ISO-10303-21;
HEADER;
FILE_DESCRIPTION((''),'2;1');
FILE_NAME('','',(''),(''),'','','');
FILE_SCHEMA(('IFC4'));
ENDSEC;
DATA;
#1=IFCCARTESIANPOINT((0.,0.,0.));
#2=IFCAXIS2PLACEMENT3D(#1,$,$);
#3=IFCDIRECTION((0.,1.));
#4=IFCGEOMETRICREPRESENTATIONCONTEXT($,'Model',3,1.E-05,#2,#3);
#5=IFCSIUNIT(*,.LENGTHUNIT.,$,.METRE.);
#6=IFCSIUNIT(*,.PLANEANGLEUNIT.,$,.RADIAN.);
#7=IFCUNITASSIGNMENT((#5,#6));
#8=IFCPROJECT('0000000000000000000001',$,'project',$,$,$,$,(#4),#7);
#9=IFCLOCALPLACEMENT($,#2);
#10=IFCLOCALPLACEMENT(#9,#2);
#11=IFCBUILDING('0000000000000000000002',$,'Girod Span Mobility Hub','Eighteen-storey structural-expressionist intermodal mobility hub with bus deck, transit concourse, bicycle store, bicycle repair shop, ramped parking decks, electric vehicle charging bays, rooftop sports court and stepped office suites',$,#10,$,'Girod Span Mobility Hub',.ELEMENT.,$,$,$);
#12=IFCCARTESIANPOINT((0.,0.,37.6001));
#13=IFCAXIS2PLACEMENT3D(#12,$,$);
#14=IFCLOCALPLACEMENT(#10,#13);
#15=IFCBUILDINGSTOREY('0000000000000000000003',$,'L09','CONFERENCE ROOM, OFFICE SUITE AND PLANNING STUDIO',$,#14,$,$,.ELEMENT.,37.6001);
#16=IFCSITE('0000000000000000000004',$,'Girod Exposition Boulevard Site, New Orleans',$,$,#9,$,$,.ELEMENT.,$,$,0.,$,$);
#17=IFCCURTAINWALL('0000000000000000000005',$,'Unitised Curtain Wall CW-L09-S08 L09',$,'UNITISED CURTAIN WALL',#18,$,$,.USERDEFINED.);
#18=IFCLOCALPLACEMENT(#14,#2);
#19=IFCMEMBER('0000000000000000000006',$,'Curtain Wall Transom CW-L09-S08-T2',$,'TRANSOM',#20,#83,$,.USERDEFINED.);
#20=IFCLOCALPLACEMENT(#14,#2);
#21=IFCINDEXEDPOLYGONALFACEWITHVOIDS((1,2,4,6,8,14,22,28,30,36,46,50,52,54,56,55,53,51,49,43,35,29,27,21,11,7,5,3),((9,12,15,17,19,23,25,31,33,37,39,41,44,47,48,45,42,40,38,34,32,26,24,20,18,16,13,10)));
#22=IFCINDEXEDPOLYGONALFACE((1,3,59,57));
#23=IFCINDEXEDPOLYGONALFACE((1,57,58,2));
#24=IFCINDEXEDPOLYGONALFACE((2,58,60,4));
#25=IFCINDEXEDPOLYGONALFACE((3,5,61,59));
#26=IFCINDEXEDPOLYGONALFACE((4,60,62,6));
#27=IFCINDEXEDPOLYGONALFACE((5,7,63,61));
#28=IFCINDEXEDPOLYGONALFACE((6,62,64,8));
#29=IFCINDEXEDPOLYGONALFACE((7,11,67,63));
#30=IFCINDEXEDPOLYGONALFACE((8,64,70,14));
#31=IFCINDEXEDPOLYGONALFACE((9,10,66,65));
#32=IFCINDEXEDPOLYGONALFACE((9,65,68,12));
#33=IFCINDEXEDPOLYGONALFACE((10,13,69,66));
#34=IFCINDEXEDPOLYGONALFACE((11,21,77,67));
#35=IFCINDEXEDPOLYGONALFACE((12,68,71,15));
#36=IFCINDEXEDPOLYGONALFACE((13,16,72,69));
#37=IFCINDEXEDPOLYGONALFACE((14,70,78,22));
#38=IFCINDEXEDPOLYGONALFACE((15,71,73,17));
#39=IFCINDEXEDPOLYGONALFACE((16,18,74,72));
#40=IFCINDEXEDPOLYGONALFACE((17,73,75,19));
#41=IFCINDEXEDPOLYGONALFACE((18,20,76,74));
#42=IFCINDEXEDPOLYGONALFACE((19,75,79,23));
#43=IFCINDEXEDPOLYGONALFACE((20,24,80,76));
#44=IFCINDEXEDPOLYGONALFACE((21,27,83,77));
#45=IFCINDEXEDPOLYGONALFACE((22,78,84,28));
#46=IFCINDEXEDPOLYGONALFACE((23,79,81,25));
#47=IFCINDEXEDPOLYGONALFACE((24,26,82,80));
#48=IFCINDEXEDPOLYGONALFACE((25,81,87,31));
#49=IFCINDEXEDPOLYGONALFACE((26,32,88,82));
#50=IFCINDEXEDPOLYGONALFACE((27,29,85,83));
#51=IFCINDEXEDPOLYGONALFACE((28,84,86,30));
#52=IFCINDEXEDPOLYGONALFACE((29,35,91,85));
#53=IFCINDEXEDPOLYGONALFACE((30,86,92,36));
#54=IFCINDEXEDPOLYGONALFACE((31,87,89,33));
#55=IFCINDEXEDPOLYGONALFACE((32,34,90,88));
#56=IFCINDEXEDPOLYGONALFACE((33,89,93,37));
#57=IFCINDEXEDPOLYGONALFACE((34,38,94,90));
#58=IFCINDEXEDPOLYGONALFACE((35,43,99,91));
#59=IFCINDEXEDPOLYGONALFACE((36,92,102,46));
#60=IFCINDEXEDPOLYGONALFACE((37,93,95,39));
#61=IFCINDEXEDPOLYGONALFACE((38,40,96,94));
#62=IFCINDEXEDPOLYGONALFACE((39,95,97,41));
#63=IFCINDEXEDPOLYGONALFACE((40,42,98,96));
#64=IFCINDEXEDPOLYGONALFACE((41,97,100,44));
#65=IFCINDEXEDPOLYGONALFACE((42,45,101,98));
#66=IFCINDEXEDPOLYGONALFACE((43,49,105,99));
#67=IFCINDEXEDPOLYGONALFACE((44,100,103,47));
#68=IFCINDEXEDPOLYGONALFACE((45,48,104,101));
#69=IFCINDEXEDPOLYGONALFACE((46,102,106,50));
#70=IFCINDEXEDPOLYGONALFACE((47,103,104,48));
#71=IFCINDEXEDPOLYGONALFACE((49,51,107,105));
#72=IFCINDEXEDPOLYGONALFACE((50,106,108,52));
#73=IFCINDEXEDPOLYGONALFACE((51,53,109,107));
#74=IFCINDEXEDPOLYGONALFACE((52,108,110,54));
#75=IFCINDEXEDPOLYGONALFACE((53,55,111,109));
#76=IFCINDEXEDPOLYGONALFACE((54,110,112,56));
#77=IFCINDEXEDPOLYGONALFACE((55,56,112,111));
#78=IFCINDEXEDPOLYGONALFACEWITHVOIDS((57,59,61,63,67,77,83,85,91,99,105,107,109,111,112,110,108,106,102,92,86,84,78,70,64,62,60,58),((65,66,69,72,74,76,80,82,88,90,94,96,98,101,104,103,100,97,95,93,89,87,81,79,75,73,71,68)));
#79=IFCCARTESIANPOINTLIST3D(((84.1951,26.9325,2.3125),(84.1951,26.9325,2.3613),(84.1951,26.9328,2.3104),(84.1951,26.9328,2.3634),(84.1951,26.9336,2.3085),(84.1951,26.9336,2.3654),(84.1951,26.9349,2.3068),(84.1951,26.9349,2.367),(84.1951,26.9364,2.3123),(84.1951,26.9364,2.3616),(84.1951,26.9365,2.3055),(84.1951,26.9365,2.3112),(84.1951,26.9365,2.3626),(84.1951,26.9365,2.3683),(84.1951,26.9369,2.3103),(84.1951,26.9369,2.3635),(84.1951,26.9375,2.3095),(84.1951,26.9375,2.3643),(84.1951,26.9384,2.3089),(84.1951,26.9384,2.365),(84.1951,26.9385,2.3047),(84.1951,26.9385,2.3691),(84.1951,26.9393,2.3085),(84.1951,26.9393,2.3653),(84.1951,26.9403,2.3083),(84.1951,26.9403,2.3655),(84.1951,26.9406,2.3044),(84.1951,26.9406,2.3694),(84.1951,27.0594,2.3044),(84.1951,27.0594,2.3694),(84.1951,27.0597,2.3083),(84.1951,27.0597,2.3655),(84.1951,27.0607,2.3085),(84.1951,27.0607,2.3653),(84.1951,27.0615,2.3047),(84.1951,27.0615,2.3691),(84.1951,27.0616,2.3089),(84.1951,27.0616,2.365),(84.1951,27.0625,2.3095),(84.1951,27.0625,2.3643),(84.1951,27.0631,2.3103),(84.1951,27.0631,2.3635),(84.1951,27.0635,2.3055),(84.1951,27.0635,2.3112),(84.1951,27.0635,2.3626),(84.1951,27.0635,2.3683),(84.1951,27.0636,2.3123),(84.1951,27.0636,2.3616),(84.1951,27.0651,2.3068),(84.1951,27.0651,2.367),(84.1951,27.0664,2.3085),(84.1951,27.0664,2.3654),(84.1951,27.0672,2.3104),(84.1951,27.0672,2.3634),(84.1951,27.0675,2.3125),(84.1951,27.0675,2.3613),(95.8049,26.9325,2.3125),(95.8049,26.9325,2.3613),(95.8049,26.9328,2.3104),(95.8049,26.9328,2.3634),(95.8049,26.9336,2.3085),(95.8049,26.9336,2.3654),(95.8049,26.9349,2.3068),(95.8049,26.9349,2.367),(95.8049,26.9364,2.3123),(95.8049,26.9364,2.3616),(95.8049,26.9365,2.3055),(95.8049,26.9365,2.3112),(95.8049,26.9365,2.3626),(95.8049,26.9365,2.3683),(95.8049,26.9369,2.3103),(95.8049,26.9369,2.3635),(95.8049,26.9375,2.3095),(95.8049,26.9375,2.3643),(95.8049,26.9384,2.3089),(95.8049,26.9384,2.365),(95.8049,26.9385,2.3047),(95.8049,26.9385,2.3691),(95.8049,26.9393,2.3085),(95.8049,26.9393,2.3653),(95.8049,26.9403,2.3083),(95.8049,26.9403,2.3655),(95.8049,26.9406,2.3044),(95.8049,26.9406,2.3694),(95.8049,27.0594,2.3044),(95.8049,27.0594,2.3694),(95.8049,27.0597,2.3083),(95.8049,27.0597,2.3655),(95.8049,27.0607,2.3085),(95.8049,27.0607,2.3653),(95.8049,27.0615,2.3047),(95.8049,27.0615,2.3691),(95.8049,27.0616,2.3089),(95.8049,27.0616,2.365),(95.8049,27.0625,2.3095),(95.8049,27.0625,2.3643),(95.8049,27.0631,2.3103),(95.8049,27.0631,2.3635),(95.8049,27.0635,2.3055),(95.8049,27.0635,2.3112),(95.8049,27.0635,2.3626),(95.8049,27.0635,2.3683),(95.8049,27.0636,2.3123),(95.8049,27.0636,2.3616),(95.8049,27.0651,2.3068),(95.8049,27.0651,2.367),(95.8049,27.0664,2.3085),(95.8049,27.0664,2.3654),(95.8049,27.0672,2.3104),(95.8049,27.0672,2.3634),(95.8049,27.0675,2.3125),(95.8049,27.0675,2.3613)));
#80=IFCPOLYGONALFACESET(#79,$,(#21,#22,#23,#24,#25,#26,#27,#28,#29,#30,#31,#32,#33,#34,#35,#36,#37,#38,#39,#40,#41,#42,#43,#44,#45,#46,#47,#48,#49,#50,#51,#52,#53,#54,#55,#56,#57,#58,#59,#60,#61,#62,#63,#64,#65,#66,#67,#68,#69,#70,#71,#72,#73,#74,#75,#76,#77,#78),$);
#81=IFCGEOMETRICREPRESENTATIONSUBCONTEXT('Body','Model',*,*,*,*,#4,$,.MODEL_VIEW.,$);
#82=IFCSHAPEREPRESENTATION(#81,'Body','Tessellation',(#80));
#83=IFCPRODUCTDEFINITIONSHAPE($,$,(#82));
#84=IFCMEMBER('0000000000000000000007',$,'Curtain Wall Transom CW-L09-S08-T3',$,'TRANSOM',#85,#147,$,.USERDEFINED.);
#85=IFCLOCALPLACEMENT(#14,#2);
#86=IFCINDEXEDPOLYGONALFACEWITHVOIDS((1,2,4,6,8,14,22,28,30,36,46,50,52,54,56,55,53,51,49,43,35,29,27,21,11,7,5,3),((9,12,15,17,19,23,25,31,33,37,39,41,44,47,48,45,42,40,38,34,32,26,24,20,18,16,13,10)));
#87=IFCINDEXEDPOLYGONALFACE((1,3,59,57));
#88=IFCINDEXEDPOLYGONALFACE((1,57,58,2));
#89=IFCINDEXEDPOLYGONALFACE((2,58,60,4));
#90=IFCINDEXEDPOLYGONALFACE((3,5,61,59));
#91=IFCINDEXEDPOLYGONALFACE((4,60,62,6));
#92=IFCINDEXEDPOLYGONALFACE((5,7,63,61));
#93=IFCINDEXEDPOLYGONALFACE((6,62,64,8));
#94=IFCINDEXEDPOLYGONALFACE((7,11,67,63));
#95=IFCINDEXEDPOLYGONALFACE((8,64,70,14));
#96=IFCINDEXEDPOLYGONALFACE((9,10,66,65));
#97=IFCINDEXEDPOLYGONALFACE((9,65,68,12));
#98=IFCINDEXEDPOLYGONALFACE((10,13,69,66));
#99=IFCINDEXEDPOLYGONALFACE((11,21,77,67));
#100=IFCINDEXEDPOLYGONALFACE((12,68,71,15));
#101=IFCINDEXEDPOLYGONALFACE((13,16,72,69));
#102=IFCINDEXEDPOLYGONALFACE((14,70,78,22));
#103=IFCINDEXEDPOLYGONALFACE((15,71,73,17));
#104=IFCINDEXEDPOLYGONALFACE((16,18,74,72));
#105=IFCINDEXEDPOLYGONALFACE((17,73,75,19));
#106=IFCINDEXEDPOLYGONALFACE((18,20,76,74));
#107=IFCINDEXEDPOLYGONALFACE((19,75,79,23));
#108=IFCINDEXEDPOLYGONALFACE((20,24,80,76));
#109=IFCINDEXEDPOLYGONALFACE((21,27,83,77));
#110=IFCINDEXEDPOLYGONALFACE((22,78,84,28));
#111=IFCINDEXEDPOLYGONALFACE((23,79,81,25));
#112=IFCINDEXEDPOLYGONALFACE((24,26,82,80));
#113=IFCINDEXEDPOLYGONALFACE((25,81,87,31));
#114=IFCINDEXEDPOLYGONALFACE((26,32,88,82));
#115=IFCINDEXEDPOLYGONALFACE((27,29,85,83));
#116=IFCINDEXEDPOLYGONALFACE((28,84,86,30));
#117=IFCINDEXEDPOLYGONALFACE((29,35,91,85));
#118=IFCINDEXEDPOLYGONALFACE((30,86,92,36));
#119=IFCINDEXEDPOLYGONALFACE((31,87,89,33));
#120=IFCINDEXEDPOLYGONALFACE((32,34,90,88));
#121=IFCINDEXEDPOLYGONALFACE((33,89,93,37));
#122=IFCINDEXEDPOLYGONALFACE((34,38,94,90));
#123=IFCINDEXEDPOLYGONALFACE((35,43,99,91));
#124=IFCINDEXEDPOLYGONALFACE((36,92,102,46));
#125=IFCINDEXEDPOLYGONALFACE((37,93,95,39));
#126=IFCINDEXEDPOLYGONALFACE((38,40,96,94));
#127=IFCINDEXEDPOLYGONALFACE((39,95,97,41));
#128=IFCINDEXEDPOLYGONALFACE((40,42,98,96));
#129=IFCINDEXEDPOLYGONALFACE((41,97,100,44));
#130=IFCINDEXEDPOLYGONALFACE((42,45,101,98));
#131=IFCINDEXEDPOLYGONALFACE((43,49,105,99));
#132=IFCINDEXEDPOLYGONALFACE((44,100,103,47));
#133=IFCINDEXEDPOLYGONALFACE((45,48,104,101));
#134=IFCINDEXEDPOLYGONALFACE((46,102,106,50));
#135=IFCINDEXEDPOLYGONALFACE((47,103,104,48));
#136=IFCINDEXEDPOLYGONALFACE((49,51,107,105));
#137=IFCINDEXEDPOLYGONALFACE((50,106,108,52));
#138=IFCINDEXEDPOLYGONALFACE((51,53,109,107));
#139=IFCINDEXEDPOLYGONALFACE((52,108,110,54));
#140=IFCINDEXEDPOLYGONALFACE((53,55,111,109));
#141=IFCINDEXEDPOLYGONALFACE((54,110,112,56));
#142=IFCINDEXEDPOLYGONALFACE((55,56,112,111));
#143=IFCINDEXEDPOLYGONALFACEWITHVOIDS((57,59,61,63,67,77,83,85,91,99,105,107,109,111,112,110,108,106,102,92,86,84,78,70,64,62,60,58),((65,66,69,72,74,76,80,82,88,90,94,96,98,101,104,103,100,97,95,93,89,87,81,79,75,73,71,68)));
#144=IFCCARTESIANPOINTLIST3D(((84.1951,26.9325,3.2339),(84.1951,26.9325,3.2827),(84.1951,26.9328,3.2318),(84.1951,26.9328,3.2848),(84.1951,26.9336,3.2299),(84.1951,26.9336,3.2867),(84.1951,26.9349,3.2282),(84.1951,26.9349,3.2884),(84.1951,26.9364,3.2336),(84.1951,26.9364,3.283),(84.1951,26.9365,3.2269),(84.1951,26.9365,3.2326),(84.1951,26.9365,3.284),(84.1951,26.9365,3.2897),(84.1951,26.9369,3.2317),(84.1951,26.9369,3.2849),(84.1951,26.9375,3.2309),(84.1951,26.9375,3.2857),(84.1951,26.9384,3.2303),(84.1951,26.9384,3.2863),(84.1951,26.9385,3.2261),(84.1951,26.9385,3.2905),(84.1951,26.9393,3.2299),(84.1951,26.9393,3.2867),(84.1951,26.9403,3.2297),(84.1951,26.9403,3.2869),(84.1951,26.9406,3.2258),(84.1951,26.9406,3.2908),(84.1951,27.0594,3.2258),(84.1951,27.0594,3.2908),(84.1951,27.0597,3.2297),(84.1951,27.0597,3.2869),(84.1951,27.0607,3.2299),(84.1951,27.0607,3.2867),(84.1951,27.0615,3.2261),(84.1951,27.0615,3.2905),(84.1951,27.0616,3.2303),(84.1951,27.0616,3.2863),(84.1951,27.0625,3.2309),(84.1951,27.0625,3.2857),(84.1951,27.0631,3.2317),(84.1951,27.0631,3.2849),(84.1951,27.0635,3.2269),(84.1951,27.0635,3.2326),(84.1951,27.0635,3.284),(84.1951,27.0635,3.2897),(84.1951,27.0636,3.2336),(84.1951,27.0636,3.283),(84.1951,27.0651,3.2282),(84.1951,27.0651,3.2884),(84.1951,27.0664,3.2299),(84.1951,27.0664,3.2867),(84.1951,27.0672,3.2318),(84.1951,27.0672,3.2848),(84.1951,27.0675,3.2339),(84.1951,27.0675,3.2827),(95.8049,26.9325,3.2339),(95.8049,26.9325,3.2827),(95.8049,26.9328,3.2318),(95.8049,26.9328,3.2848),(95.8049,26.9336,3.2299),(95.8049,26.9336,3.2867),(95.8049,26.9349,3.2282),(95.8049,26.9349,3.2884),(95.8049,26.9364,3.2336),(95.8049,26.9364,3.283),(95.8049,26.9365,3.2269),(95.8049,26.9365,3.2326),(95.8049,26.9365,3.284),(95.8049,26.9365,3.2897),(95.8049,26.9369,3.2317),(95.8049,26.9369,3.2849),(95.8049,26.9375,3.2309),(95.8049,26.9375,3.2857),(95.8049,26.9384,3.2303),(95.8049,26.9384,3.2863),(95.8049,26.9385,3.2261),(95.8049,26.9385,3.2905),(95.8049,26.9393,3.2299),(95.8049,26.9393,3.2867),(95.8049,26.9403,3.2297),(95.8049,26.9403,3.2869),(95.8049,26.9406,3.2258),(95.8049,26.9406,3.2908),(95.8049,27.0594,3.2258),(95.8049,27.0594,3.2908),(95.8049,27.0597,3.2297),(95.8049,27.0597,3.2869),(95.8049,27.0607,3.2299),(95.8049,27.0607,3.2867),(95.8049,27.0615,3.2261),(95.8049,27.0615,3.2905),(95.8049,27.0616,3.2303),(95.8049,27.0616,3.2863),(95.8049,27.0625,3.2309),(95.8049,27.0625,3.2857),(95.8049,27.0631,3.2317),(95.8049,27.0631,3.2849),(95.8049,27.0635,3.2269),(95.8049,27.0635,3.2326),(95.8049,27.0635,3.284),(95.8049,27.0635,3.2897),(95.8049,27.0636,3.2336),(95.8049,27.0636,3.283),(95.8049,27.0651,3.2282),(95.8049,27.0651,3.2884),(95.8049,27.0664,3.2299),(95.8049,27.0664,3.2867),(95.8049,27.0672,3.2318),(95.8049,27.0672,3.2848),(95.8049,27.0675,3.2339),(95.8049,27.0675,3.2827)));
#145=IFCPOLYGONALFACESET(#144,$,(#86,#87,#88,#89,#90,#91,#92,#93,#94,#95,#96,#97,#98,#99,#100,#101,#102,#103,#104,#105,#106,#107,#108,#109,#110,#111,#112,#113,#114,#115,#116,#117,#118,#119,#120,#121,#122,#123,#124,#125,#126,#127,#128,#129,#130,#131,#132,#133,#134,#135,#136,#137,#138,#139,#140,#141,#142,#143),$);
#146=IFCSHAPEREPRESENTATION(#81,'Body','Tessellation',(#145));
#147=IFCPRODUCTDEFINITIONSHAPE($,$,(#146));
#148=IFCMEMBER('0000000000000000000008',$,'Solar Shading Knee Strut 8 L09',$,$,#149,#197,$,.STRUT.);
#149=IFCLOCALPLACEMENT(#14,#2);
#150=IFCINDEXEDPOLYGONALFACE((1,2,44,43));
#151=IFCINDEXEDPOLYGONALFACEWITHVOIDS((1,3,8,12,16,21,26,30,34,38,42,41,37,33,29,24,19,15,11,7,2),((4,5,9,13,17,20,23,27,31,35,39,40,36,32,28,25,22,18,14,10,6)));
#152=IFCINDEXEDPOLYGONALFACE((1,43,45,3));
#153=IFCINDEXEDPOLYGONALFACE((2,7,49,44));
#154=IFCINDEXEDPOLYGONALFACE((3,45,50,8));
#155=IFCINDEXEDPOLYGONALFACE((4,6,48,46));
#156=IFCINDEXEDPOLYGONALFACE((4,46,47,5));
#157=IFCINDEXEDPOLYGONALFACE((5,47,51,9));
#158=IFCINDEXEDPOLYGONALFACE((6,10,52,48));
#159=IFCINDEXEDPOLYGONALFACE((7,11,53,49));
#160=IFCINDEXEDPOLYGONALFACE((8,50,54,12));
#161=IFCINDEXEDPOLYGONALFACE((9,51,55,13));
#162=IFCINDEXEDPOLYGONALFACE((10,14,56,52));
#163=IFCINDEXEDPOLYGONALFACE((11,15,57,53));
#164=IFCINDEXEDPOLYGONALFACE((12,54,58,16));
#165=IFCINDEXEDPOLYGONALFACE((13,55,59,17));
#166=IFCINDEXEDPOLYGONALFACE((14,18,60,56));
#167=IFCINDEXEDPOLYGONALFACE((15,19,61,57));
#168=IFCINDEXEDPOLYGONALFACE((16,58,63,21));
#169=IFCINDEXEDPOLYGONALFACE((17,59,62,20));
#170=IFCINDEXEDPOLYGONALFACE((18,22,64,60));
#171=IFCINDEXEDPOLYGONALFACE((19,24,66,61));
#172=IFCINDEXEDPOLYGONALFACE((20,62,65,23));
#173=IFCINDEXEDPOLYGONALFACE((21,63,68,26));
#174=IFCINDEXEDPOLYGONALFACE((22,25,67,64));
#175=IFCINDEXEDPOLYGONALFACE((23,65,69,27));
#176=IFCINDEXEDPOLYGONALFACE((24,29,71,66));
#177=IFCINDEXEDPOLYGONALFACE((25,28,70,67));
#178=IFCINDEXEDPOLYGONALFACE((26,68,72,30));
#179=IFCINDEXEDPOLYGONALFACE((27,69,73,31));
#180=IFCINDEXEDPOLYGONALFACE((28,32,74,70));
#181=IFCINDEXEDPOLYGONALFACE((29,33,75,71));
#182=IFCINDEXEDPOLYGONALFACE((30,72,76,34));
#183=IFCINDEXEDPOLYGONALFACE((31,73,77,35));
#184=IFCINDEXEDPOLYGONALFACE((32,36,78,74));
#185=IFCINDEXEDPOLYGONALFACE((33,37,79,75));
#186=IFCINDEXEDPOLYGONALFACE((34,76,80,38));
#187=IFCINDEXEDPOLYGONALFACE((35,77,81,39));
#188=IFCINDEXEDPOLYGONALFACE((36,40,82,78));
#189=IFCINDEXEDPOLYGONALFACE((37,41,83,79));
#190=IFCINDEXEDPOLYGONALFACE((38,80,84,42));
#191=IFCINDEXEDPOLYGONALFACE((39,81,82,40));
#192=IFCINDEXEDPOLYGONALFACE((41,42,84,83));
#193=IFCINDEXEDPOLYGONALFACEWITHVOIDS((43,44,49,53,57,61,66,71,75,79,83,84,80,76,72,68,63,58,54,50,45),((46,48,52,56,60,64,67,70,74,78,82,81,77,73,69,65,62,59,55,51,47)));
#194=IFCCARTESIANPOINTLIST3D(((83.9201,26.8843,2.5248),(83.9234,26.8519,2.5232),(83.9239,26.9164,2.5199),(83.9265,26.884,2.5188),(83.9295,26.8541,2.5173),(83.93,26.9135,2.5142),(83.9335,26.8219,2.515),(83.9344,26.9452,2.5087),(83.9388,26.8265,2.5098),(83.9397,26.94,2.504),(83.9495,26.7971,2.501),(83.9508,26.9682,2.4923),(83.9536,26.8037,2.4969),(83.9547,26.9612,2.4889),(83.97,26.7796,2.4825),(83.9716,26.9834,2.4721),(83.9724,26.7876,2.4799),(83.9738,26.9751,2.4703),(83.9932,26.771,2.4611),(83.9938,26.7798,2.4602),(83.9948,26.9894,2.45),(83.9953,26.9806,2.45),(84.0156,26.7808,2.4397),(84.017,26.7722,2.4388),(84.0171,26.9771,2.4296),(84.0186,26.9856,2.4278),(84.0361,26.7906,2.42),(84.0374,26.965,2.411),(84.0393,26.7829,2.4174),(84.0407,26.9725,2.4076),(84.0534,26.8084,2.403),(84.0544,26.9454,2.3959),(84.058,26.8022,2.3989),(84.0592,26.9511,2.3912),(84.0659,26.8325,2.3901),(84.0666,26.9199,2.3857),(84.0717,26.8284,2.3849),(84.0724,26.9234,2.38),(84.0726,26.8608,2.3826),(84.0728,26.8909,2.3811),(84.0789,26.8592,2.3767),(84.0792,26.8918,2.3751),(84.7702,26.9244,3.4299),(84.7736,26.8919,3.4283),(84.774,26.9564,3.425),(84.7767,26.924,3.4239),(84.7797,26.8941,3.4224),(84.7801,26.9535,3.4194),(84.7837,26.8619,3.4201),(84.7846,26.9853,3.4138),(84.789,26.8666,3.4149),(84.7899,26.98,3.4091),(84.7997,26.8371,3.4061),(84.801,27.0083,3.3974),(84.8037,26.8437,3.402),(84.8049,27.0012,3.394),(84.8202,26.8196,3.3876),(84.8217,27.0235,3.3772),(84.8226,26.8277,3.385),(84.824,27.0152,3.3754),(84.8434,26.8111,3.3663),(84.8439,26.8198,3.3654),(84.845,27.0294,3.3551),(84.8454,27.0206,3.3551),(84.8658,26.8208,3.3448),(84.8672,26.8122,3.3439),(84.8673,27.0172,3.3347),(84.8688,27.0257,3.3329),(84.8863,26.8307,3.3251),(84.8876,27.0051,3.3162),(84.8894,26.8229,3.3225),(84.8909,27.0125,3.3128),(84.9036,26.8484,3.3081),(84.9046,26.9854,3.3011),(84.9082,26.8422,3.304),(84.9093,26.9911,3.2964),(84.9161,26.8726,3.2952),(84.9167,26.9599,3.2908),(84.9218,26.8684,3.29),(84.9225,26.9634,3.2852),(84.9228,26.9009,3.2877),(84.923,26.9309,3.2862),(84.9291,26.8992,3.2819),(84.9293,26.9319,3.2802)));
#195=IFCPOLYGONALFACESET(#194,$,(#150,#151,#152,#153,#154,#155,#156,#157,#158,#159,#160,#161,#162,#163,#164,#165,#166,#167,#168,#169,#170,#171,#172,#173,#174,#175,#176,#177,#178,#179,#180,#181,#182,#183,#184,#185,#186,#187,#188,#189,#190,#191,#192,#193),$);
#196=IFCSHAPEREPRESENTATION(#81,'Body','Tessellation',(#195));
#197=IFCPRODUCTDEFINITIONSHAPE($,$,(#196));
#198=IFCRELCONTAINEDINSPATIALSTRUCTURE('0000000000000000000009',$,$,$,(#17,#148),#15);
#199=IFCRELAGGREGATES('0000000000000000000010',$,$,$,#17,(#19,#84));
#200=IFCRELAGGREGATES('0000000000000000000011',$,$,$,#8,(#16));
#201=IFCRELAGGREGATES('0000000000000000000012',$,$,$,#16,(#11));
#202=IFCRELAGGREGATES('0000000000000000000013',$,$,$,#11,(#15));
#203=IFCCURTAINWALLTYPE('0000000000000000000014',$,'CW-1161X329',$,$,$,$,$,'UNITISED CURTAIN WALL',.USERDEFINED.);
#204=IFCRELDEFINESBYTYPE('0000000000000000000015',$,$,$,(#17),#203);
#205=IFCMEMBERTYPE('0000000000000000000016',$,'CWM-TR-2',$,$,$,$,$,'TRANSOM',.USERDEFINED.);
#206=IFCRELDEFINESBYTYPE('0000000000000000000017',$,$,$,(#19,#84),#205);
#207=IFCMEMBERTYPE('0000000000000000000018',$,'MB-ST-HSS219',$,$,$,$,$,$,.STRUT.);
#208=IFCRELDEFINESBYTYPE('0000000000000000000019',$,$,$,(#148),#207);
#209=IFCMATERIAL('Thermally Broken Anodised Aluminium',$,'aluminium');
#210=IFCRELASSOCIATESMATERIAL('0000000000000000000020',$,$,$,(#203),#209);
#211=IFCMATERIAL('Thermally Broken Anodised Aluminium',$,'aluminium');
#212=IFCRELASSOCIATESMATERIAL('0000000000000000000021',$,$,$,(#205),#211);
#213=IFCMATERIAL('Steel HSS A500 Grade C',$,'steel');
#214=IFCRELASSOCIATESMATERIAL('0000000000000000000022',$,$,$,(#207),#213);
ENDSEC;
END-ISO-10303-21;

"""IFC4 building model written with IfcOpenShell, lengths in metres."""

from ifc_helpers import new_model, si_unit, direction, frame, origin, origin_2d, place, context, subcontext, project, spatial, hollow_rectangle, hollow_circle, extrude, material, material_profile, profile_set, type_object, element, aggregate, save


model = new_model("IFC4")

# Units and contexts
model_context = context("Model", 3, precision=1e-05, world=origin(), true_north=direction((0.0, 1.0)))
body_context = subcontext(model_context, "Body", "Model", "MODEL_VIEW")
ifc_project = project(units=[si_unit("LENGTHUNIT", "METRE"), si_unit("PLANEANGLEUNIT", "RADIAN")], contexts=[model_context])

# Site, building, storey
site_placement = place(None, origin())
site = spatial("IfcSite", under=ifc_project, at=site_placement, Name="Girod Exposition Boulevard Site, New Orleans", CompositionType="ELEMENT", RefElevation=0.0)
building_placement = place(site_placement, origin())
building = spatial("IfcBuilding", under=site, at=building_placement, Name="Girod Span Mobility Hub", Description="Eighteen-storey structural-expressionist intermodal mobility hub with bus deck, transit concourse, bicycle store, bicycle repair shop, ramped parking decks, electric vehicle charging bays, rooftop sports court and stepped office suites", LongName="Girod Span Mobility Hub", CompositionType="ELEMENT")
storey_placement = place(building_placement, frame((0.0, 0.0, 37.6001)))
storey = spatial("IfcBuildingStorey", under=building, at=storey_placement, Name="L09", Description="CONFERENCE ROOM, OFFICE SUITE AND PLANNING STUDIO", CompositionType="ELEMENT", Elevation=37.6001)

# Curtain wall, members
ifc_material_1 = material(Name="Thermally Broken Anodised Aluminium", Category="aluminium")
curtain_wall_type = type_object("IfcCurtainWallType", Name="CW-1161X329", ElementType="UNITISED CURTAIN WALL", PredefinedType="USERDEFINED", material=ifc_material_1)
curtain_wall_placement = place(storey_placement, origin())
curtain_wall = element("IfcCurtainWall", 1, at=curtain_wall_placement, inside=storey, type_object=curtain_wall_type, Name="Unitised Curtain Wall CW-L09-S08 L09", ObjectType="UNITISED CURTAIN WALL", PredefinedType="USERDEFINED")
ifc_material_2 = material(Name="Thermally Broken Anodised Aluminium", Category="aluminium")
ifc_material_profile_1 = material_profile(ifc_material_2, hollow_rectangle(XDim=0.135, YDim=0.0649, WallThickness=0.0039, InnerFilletRadius=0.0039, OuterFilletRadius=0.0081, at=origin_2d()), Name="CW-TR-65X135")
ifc_profile_set_1 = profile_set([ifc_material_profile_1], Name="Thermally Broken Anodised Aluminium")
member_type_1 = type_object("IfcMemberType", Name="CWM-TR-2", ElementType="TRANSOM", PredefinedType="USERDEFINED", material=ifc_profile_set_1)
member_1_placement = place(storey_placement, frame((84.1951, 27.0, 2.3369), z_axis=(1.0, 0.0, 0.0), x_axis=(0.0, 1.0, 0.0)))
member_1 = element("IfcMember", 2, at=member_1_placement, type_object=member_type_1, Name="Curtain Wall Transom CW-L09-S08-T2", ObjectType="TRANSOM", PredefinedType="USERDEFINED", context=body_context, shape_type="SweptSolid", body=[
    extrude(hollow_rectangle(XDim=0.135, YDim=0.0649, WallThickness=0.0039, InnerFilletRadius=0.0039, OuterFilletRadius=0.0081, at=origin_2d()), origin(), (0.0, 0.0, 1.0), 11.6099),
])
member_2_placement = place(storey_placement, frame((84.1951, 27.0, 3.2583), z_axis=(1.0, 0.0, 0.0), x_axis=(0.0, 1.0, 0.0)))
member_2 = element("IfcMember", 3, at=member_2_placement, type_object=member_type_1, Name="Curtain Wall Transom CW-L09-S08-T3", ObjectType="TRANSOM", PredefinedType="USERDEFINED", context=body_context, shape_type="SweptSolid", body=[
    extrude(hollow_rectangle(XDim=0.135, YDim=0.0649, WallThickness=0.0039, InnerFilletRadius=0.0039, OuterFilletRadius=0.0081, at=origin_2d()), origin(), (0.0, 0.0, 1.0), 11.6099),
])

# Member
ifc_material_3 = material(Name="Steel HSS A500 Grade C", Category="steel")
ifc_material_profile_2 = material_profile(ifc_material_3, hollow_circle(Radius=0.1096, WallThickness=0.0088, at=origin_2d()), Name="HSS219X9.5")
ifc_profile_set_2 = profile_set([ifc_material_profile_2], Name="Steel HSS A500 Grade C")
member_type_2 = type_object("IfcMemberType", Name="MB-ST-HSS219", PredefinedType="STRUT", material=ifc_profile_set_2)
for number, where, z_axis, x_axis, name in (
    (4, (84.0, 26.8799, 2.45), (0.684285, 0.032229, 0.728502), (-0.047047, 0.998893, 0.0), "Solar Shading Knee Strut 8 L09"),
):
    element("IfcMember", number, at=place(storey_placement, frame(where, z_axis=z_axis, x_axis=x_axis)), inside=storey, type_object=member_type_2, Name=name, PredefinedType="STRUT", context=body_context, shape_type="SweptSolid", body=[
        extrude(hollow_circle(Radius=0.1096, WallThickness=0.0088, at=origin_2d()), origin(), (0.0, 0.0, 1.0), 1.2424),
    ])

aggregate(curtain_wall, [member_1, member_2])

save(model, "model.ifc")
